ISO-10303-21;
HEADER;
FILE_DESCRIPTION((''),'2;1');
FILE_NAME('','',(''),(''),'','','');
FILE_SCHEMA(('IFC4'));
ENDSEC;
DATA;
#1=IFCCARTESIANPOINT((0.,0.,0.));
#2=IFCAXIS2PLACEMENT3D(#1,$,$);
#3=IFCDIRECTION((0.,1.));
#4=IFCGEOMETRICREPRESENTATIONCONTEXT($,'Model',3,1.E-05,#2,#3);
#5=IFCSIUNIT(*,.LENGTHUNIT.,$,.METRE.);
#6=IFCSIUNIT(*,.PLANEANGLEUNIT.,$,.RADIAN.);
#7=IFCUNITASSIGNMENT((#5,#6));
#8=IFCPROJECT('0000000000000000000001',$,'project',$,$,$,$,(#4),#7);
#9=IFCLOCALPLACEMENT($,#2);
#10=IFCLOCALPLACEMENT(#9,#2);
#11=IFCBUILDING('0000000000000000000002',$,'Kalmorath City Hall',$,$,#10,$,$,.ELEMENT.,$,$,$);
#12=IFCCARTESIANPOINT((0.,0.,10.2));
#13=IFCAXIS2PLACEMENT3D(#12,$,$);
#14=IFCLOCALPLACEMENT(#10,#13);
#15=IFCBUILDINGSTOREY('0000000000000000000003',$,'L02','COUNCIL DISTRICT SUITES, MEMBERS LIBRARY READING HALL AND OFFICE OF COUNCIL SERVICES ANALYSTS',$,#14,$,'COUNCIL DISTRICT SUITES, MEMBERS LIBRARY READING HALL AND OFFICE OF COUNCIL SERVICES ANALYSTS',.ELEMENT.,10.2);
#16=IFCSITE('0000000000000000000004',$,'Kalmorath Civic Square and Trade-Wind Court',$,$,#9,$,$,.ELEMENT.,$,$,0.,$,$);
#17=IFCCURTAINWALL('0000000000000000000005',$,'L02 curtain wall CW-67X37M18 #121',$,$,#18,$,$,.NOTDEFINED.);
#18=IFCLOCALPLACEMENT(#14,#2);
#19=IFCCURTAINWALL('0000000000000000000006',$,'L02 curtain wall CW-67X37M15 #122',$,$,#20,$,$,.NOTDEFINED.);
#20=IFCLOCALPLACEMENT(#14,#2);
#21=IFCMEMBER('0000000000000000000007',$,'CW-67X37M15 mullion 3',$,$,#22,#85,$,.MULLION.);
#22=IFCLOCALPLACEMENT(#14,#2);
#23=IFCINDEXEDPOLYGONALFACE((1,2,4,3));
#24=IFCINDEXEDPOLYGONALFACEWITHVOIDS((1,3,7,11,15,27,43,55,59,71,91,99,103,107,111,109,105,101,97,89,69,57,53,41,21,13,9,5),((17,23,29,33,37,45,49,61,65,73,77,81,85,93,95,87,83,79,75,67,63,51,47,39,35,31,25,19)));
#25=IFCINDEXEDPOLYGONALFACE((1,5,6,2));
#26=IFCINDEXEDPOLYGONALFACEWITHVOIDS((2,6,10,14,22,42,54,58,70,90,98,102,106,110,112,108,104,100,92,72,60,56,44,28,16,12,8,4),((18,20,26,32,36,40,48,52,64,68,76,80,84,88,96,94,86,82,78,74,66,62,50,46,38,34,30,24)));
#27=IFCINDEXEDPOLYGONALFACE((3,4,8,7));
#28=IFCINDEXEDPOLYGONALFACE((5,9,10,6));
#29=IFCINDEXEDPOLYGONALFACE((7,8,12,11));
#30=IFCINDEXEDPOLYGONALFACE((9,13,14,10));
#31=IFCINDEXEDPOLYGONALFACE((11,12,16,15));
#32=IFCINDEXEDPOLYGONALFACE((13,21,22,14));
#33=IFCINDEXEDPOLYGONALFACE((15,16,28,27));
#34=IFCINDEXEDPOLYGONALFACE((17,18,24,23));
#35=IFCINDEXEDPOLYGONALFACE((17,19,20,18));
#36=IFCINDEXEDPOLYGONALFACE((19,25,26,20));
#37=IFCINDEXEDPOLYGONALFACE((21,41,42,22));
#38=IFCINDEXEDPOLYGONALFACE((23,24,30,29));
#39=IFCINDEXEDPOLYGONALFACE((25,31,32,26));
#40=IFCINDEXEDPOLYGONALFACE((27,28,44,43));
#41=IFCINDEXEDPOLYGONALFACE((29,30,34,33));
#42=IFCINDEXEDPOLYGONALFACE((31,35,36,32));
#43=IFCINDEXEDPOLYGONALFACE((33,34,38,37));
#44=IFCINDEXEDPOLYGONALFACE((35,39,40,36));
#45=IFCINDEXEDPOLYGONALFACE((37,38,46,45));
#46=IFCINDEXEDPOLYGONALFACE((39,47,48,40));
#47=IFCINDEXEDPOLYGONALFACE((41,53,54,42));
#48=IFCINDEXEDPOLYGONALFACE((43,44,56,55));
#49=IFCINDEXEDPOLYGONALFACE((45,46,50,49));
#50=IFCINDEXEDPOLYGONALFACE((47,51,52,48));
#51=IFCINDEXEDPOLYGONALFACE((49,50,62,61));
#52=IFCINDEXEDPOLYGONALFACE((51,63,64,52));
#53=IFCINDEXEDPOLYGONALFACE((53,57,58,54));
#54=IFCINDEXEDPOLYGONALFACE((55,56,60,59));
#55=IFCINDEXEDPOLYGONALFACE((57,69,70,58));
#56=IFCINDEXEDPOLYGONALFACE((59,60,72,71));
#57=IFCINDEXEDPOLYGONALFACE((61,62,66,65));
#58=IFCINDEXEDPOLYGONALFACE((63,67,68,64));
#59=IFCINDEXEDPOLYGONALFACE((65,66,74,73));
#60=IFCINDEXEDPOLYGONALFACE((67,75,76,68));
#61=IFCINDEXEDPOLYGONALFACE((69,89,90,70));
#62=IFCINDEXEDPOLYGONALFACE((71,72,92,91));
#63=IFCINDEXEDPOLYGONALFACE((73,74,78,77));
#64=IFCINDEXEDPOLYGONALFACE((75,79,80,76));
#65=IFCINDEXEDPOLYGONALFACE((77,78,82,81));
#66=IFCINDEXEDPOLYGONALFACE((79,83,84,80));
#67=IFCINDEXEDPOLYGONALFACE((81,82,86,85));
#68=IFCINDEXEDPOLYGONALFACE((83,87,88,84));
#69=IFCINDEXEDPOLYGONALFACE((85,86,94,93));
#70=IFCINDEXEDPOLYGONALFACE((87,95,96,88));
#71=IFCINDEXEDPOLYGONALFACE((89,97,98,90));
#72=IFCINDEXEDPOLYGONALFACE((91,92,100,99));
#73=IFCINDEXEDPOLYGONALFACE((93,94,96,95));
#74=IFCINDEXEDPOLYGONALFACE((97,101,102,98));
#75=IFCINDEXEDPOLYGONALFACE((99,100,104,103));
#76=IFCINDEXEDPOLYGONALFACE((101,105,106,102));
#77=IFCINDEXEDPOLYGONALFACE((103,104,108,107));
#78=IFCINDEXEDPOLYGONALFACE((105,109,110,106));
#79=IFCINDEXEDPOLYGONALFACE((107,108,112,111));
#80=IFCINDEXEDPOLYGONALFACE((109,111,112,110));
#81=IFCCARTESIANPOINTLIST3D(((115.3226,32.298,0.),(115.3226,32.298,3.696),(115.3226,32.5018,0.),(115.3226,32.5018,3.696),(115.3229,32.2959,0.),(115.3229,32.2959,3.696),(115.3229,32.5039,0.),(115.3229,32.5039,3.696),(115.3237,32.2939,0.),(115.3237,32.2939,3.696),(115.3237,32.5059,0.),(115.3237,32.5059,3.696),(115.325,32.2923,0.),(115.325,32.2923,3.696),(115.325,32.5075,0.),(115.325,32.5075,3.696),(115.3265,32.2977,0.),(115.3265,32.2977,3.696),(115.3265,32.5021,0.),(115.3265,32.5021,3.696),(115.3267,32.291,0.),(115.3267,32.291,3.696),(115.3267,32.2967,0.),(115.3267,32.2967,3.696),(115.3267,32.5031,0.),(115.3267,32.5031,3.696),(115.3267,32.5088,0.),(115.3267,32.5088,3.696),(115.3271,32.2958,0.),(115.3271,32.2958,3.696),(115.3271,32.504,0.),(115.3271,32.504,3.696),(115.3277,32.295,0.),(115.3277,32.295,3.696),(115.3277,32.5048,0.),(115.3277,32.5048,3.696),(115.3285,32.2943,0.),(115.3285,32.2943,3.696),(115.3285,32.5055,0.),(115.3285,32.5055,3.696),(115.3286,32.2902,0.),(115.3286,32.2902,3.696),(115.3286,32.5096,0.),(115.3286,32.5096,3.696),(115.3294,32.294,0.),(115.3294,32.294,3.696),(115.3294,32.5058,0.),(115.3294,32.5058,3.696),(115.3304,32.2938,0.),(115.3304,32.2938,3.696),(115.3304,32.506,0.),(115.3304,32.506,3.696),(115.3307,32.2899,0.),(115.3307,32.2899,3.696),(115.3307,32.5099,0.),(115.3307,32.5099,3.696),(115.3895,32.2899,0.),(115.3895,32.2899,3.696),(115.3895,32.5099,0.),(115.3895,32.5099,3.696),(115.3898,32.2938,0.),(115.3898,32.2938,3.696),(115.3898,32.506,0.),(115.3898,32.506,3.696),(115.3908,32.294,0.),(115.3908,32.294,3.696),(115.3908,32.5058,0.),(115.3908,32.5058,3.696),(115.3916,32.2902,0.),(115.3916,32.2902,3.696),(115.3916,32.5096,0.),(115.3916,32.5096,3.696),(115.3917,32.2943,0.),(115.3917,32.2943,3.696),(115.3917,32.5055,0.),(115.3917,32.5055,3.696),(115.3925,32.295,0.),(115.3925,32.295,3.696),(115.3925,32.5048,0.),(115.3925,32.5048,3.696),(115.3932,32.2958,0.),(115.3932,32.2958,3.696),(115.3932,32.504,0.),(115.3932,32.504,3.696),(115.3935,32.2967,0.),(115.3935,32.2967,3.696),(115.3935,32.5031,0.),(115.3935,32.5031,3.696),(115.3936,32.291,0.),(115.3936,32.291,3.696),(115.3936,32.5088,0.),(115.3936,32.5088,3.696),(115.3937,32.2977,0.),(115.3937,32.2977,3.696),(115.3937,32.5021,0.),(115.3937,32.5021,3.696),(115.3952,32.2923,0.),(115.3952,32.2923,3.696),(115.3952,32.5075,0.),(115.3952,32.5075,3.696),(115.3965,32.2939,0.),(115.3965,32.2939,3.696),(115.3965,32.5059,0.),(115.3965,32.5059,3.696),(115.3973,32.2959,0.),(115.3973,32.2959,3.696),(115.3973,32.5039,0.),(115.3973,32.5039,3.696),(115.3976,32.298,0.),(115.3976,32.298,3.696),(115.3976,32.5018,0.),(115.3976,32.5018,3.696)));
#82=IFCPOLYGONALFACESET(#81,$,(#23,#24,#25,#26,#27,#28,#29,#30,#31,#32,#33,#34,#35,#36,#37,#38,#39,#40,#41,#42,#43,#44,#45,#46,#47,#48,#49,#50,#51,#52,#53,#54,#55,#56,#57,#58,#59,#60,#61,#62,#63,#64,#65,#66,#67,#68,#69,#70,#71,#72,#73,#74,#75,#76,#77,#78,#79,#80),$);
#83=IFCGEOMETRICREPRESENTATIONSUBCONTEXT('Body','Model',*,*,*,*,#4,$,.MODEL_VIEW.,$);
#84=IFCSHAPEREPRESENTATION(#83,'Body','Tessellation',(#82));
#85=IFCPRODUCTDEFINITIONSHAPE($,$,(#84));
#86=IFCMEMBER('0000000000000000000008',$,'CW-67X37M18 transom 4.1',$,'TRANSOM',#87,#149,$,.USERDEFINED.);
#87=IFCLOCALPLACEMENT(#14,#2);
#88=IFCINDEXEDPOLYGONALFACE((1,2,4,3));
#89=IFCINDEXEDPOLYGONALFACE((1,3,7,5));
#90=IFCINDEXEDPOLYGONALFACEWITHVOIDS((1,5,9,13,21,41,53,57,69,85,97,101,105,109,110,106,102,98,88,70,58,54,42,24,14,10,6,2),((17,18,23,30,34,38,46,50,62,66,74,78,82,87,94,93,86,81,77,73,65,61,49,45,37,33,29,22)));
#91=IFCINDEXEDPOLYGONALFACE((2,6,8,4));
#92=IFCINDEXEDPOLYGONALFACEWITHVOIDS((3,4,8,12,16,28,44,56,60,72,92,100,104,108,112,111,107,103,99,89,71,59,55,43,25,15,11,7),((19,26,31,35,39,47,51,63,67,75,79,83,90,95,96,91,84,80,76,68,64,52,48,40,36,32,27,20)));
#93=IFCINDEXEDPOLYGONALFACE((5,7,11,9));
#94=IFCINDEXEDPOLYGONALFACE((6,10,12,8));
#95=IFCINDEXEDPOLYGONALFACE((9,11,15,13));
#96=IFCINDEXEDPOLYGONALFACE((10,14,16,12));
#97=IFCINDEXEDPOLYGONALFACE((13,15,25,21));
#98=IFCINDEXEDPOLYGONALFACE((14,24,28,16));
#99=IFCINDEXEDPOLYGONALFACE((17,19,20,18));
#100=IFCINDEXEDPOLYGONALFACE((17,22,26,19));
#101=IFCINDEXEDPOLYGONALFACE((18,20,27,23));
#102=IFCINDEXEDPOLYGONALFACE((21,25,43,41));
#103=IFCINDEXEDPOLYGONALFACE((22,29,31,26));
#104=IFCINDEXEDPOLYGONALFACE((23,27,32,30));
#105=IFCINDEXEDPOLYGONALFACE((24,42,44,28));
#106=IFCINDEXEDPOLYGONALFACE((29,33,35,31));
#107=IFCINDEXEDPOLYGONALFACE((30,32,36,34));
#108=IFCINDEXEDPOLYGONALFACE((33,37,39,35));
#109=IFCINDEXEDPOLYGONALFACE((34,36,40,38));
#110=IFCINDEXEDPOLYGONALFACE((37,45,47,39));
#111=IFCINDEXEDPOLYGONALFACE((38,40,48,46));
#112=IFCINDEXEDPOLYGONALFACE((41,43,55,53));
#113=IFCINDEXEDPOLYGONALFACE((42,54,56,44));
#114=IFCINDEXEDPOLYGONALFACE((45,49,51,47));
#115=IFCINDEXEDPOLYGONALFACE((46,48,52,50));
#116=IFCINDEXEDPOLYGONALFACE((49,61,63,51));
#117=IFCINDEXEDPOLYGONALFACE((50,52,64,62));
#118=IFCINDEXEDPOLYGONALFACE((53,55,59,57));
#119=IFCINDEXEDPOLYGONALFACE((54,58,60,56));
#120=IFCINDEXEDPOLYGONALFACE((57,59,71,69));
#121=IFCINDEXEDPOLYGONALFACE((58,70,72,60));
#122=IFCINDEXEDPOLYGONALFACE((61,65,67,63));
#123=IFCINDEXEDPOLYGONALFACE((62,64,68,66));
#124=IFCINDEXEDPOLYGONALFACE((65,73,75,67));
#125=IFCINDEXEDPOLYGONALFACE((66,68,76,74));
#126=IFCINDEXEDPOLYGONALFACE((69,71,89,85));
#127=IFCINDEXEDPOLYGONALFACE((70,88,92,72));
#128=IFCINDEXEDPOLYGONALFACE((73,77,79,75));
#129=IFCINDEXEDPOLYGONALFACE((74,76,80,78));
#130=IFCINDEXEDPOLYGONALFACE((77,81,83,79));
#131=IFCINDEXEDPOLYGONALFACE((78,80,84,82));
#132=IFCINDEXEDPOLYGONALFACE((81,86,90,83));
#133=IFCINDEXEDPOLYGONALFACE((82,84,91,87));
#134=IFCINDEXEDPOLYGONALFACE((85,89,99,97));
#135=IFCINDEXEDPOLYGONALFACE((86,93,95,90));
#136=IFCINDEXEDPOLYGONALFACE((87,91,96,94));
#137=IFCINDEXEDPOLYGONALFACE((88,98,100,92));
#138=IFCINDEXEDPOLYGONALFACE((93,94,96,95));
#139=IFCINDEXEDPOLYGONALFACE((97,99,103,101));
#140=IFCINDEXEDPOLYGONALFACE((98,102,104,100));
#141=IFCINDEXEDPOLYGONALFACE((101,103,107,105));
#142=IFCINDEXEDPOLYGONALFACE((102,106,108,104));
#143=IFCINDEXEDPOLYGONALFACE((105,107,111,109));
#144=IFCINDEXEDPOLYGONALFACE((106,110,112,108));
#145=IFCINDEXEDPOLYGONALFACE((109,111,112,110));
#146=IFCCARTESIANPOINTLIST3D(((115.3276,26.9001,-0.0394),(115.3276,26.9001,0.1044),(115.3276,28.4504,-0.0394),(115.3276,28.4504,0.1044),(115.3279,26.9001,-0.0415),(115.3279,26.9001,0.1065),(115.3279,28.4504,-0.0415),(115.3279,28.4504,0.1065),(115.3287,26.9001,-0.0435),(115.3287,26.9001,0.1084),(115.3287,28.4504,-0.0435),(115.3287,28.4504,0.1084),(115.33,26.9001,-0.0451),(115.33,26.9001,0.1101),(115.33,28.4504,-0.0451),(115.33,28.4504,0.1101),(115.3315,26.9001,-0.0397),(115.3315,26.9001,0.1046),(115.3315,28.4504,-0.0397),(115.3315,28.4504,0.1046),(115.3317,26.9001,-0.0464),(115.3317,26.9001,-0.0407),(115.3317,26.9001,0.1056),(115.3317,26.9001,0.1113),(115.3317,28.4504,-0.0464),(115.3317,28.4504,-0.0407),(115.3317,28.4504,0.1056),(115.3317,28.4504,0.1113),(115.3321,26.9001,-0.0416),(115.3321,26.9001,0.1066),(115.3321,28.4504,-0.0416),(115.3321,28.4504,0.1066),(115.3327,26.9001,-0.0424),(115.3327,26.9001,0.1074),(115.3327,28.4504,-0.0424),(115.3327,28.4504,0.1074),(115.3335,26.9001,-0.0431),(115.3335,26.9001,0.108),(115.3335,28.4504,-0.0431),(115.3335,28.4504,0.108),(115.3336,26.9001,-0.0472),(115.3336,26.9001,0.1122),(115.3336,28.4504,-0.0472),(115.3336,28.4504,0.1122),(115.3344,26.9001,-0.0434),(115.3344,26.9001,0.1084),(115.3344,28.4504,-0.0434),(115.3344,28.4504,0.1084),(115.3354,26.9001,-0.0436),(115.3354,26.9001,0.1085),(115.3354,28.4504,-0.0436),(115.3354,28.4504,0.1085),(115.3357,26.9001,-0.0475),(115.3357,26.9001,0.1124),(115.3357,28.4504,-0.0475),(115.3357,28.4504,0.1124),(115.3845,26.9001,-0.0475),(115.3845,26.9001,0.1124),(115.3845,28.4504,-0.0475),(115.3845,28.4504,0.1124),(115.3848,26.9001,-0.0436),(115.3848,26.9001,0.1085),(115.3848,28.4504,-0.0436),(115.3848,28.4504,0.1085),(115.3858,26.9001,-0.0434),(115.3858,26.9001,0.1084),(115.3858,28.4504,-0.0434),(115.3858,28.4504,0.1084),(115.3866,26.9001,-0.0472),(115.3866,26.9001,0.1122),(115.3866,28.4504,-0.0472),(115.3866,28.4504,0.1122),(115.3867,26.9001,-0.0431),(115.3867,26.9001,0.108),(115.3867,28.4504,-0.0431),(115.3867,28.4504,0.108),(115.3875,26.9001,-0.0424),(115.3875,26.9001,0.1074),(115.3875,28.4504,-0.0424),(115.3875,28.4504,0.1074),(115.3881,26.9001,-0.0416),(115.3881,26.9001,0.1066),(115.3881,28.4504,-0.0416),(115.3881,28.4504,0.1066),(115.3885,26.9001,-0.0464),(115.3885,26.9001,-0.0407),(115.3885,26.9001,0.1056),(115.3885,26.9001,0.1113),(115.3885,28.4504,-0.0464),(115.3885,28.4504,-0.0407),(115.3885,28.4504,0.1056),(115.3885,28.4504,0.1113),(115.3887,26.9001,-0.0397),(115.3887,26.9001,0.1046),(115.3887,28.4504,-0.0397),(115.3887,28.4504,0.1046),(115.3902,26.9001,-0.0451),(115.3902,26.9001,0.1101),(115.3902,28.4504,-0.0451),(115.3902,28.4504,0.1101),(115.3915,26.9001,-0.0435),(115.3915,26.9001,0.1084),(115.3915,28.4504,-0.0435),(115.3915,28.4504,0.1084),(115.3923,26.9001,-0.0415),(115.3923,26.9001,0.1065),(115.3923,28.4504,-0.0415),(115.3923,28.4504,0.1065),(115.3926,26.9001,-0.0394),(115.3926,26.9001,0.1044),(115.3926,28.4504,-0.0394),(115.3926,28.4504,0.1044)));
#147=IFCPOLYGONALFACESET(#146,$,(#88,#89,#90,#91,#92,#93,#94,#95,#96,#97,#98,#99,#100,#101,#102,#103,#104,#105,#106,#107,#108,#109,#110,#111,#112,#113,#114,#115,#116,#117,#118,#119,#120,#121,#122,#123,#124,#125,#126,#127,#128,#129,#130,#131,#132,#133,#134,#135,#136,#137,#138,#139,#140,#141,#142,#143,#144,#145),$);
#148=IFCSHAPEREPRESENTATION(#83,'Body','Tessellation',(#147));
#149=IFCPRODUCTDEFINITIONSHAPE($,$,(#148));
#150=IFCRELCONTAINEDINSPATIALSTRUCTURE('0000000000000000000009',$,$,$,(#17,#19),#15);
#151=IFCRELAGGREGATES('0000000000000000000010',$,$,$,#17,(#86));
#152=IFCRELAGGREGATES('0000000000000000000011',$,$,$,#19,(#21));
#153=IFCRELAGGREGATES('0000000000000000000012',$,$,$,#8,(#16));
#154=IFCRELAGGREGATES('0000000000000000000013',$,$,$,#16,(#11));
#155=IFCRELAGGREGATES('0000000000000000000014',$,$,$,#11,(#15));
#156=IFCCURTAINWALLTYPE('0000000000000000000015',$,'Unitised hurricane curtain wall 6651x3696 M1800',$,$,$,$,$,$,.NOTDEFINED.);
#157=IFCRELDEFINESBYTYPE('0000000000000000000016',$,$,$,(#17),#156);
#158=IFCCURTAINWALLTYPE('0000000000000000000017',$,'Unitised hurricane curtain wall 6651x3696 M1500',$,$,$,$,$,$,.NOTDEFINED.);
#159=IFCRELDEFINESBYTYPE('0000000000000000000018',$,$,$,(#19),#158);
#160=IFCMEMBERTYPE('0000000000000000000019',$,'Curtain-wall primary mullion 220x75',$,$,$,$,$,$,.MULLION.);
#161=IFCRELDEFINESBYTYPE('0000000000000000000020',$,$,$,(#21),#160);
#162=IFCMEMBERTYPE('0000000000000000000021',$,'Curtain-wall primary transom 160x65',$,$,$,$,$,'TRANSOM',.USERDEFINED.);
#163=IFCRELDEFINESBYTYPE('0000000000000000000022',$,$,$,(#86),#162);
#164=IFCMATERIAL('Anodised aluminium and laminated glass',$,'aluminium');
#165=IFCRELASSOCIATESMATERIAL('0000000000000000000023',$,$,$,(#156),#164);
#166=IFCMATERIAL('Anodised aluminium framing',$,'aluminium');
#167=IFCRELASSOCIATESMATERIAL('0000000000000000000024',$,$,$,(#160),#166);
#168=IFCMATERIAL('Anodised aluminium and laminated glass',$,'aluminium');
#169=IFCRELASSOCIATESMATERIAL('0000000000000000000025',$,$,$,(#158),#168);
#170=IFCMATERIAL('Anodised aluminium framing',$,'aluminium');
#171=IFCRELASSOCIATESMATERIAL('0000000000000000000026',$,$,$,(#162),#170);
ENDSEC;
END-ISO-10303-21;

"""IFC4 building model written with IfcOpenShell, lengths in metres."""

from ifc_helpers import new_model, si_unit, direction, frame, origin, origin_2d, place, context, subcontext, project, spatial, hollow_rectangle, extrude, material, material_profile, profile_set, type_object, element, aggregate, save


model = new_model("IFC4")

# Units and contexts
model_context = context("Model", 3, precision=1e-05, world=origin(), true_north=direction((0.0, 1.0)))
body_context = subcontext(model_context, "Body", "Model", "MODEL_VIEW")
ifc_project = project(units=[si_unit("LENGTHUNIT", "METRE"), si_unit("PLANEANGLEUNIT", "RADIAN")], contexts=[model_context])

# Site, building, storey
site_placement = place(None, origin())
site = spatial("IfcSite", under=ifc_project, at=site_placement, Name="Kalmorath Civic Square and Trade-Wind Court", CompositionType="ELEMENT", RefElevation=0.0)
building_placement = place(site_placement, origin())
building = spatial("IfcBuilding", under=site, at=building_placement, Name="Kalmorath City Hall", CompositionType="ELEMENT")
storey_placement = place(building_placement, frame((0.0, 0.0, 10.2)))
storey = spatial("IfcBuildingStorey", under=building, at=storey_placement, Name="L02", Description="COUNCIL DISTRICT SUITES, MEMBERS LIBRARY READING HALL AND OFFICE OF COUNCIL SERVICES ANALYSTS", LongName="COUNCIL DISTRICT SUITES, MEMBERS LIBRARY READING HALL AND OFFICE OF COUNCIL SERVICES ANALYSTS", CompositionType="ELEMENT", Elevation=10.2)

# Curtain walls, member
ifc_material_1 = material(Name="Anodised aluminium and laminated glass", Category="aluminium")
curtain_wall_type_1 = type_object("IfcCurtainWallType", Name="Unitised hurricane curtain wall 6651x3696 M1800", PredefinedType="NOTDEFINED", material=ifc_material_1)
curtain_wall_1_placement = place(storey_placement, origin())
curtain_wall_1 = element("IfcCurtainWall", 1, at=curtain_wall_1_placement, inside=storey, type_object=curtain_wall_type_1, Name="L02 curtain wall CW-67X37M18 #121", PredefinedType="NOTDEFINED")
ifc_material_2 = material(Name="Anodised aluminium framing", Category="aluminium")
ifc_material_profile_1 = material_profile(ifc_material_2, hollow_rectangle(XDim=0.075, YDim=0.22, WallThickness=0.0039, InnerFilletRadius=0.0039, OuterFilletRadius=0.0081, at=origin_2d()), Name="ALU-MUL-220X75X4")
ifc_profile_set_1 = profile_set([ifc_material_profile_1], Name="Anodised aluminium framing")
member_type_1 = type_object("IfcMemberType", Name="Curtain-wall primary mullion 220x75", PredefinedType="MULLION", material=ifc_profile_set_1)
ifc_material_3 = material(Name="Anodised aluminium and laminated glass", Category="aluminium")
curtain_wall_type_2 = type_object("IfcCurtainWallType", Name="Unitised hurricane curtain wall 6651x3696 M1500", PredefinedType="NOTDEFINED", material=ifc_material_3)
curtain_wall_2_placement = place(storey_placement, origin())
curtain_wall_2 = element("IfcCurtainWall", 2, at=curtain_wall_2_placement, inside=storey, type_object=curtain_wall_type_2, Name="L02 curtain wall CW-67X37M15 #122", PredefinedType="NOTDEFINED")
member_1_placement = place(storey_placement, frame((115.3601, 32.3999, 0.0), z_axis=(0.0, 0.0, 1.0), x_axis=(-1.0, 0.0, 0.0)))
member_1 = element("IfcMember", 3, at=member_1_placement, type_object=member_type_1, Name="CW-67X37M15 mullion 3", PredefinedType="MULLION", context=body_context, shape_type="SweptSolid", body=[
    extrude(hollow_rectangle(XDim=0.075, YDim=0.22, WallThickness=0.0039, InnerFilletRadius=0.0039, OuterFilletRadius=0.0081, at=origin_2d()), origin(), (0.0, 0.0, 1.0), 3.696),
])

# Member
ifc_material_4 = material(Name="Anodised aluminium framing", Category="aluminium")
ifc_material_profile_2 = material_profile(ifc_material_4, hollow_rectangle(XDim=0.0649, YDim=0.1599, WallThickness=0.0039, InnerFilletRadius=0.0039, OuterFilletRadius=0.0081, at=origin_2d()), Name="ALU-TRN-160X65X4")
ifc_profile_set_2 = profile_set([ifc_material_profile_2], Name="Anodised aluminium framing")
member_type_2 = type_object("IfcMemberType", Name="Curtain-wall primary transom 160x65", ElementType="TRANSOM", PredefinedType="USERDEFINED", material=ifc_profile_set_2)
member_2_placement = place(storey_placement, frame((115.3601, 26.9001, 0.0325), z_axis=(0.0, 1.0, 0.0), x_axis=(-1.0, 0.0, 0.0)))
member_2 = element("IfcMember", 4, at=member_2_placement, type_object=member_type_2, Name="CW-67X37M18 transom 4.1", ObjectType="TRANSOM", PredefinedType="USERDEFINED", context=body_context, shape_type="SweptSolid", body=[
    extrude(hollow_rectangle(XDim=0.0649, YDim=0.1599, WallThickness=0.0039, InnerFilletRadius=0.0039, OuterFilletRadius=0.0081, at=origin_2d()), origin(), (0.0, 0.0, 1.0), 1.5503),
])

aggregate(curtain_wall_1, [member_2])
aggregate(curtain_wall_2, [member_1])

save(model, "model.ifc")
